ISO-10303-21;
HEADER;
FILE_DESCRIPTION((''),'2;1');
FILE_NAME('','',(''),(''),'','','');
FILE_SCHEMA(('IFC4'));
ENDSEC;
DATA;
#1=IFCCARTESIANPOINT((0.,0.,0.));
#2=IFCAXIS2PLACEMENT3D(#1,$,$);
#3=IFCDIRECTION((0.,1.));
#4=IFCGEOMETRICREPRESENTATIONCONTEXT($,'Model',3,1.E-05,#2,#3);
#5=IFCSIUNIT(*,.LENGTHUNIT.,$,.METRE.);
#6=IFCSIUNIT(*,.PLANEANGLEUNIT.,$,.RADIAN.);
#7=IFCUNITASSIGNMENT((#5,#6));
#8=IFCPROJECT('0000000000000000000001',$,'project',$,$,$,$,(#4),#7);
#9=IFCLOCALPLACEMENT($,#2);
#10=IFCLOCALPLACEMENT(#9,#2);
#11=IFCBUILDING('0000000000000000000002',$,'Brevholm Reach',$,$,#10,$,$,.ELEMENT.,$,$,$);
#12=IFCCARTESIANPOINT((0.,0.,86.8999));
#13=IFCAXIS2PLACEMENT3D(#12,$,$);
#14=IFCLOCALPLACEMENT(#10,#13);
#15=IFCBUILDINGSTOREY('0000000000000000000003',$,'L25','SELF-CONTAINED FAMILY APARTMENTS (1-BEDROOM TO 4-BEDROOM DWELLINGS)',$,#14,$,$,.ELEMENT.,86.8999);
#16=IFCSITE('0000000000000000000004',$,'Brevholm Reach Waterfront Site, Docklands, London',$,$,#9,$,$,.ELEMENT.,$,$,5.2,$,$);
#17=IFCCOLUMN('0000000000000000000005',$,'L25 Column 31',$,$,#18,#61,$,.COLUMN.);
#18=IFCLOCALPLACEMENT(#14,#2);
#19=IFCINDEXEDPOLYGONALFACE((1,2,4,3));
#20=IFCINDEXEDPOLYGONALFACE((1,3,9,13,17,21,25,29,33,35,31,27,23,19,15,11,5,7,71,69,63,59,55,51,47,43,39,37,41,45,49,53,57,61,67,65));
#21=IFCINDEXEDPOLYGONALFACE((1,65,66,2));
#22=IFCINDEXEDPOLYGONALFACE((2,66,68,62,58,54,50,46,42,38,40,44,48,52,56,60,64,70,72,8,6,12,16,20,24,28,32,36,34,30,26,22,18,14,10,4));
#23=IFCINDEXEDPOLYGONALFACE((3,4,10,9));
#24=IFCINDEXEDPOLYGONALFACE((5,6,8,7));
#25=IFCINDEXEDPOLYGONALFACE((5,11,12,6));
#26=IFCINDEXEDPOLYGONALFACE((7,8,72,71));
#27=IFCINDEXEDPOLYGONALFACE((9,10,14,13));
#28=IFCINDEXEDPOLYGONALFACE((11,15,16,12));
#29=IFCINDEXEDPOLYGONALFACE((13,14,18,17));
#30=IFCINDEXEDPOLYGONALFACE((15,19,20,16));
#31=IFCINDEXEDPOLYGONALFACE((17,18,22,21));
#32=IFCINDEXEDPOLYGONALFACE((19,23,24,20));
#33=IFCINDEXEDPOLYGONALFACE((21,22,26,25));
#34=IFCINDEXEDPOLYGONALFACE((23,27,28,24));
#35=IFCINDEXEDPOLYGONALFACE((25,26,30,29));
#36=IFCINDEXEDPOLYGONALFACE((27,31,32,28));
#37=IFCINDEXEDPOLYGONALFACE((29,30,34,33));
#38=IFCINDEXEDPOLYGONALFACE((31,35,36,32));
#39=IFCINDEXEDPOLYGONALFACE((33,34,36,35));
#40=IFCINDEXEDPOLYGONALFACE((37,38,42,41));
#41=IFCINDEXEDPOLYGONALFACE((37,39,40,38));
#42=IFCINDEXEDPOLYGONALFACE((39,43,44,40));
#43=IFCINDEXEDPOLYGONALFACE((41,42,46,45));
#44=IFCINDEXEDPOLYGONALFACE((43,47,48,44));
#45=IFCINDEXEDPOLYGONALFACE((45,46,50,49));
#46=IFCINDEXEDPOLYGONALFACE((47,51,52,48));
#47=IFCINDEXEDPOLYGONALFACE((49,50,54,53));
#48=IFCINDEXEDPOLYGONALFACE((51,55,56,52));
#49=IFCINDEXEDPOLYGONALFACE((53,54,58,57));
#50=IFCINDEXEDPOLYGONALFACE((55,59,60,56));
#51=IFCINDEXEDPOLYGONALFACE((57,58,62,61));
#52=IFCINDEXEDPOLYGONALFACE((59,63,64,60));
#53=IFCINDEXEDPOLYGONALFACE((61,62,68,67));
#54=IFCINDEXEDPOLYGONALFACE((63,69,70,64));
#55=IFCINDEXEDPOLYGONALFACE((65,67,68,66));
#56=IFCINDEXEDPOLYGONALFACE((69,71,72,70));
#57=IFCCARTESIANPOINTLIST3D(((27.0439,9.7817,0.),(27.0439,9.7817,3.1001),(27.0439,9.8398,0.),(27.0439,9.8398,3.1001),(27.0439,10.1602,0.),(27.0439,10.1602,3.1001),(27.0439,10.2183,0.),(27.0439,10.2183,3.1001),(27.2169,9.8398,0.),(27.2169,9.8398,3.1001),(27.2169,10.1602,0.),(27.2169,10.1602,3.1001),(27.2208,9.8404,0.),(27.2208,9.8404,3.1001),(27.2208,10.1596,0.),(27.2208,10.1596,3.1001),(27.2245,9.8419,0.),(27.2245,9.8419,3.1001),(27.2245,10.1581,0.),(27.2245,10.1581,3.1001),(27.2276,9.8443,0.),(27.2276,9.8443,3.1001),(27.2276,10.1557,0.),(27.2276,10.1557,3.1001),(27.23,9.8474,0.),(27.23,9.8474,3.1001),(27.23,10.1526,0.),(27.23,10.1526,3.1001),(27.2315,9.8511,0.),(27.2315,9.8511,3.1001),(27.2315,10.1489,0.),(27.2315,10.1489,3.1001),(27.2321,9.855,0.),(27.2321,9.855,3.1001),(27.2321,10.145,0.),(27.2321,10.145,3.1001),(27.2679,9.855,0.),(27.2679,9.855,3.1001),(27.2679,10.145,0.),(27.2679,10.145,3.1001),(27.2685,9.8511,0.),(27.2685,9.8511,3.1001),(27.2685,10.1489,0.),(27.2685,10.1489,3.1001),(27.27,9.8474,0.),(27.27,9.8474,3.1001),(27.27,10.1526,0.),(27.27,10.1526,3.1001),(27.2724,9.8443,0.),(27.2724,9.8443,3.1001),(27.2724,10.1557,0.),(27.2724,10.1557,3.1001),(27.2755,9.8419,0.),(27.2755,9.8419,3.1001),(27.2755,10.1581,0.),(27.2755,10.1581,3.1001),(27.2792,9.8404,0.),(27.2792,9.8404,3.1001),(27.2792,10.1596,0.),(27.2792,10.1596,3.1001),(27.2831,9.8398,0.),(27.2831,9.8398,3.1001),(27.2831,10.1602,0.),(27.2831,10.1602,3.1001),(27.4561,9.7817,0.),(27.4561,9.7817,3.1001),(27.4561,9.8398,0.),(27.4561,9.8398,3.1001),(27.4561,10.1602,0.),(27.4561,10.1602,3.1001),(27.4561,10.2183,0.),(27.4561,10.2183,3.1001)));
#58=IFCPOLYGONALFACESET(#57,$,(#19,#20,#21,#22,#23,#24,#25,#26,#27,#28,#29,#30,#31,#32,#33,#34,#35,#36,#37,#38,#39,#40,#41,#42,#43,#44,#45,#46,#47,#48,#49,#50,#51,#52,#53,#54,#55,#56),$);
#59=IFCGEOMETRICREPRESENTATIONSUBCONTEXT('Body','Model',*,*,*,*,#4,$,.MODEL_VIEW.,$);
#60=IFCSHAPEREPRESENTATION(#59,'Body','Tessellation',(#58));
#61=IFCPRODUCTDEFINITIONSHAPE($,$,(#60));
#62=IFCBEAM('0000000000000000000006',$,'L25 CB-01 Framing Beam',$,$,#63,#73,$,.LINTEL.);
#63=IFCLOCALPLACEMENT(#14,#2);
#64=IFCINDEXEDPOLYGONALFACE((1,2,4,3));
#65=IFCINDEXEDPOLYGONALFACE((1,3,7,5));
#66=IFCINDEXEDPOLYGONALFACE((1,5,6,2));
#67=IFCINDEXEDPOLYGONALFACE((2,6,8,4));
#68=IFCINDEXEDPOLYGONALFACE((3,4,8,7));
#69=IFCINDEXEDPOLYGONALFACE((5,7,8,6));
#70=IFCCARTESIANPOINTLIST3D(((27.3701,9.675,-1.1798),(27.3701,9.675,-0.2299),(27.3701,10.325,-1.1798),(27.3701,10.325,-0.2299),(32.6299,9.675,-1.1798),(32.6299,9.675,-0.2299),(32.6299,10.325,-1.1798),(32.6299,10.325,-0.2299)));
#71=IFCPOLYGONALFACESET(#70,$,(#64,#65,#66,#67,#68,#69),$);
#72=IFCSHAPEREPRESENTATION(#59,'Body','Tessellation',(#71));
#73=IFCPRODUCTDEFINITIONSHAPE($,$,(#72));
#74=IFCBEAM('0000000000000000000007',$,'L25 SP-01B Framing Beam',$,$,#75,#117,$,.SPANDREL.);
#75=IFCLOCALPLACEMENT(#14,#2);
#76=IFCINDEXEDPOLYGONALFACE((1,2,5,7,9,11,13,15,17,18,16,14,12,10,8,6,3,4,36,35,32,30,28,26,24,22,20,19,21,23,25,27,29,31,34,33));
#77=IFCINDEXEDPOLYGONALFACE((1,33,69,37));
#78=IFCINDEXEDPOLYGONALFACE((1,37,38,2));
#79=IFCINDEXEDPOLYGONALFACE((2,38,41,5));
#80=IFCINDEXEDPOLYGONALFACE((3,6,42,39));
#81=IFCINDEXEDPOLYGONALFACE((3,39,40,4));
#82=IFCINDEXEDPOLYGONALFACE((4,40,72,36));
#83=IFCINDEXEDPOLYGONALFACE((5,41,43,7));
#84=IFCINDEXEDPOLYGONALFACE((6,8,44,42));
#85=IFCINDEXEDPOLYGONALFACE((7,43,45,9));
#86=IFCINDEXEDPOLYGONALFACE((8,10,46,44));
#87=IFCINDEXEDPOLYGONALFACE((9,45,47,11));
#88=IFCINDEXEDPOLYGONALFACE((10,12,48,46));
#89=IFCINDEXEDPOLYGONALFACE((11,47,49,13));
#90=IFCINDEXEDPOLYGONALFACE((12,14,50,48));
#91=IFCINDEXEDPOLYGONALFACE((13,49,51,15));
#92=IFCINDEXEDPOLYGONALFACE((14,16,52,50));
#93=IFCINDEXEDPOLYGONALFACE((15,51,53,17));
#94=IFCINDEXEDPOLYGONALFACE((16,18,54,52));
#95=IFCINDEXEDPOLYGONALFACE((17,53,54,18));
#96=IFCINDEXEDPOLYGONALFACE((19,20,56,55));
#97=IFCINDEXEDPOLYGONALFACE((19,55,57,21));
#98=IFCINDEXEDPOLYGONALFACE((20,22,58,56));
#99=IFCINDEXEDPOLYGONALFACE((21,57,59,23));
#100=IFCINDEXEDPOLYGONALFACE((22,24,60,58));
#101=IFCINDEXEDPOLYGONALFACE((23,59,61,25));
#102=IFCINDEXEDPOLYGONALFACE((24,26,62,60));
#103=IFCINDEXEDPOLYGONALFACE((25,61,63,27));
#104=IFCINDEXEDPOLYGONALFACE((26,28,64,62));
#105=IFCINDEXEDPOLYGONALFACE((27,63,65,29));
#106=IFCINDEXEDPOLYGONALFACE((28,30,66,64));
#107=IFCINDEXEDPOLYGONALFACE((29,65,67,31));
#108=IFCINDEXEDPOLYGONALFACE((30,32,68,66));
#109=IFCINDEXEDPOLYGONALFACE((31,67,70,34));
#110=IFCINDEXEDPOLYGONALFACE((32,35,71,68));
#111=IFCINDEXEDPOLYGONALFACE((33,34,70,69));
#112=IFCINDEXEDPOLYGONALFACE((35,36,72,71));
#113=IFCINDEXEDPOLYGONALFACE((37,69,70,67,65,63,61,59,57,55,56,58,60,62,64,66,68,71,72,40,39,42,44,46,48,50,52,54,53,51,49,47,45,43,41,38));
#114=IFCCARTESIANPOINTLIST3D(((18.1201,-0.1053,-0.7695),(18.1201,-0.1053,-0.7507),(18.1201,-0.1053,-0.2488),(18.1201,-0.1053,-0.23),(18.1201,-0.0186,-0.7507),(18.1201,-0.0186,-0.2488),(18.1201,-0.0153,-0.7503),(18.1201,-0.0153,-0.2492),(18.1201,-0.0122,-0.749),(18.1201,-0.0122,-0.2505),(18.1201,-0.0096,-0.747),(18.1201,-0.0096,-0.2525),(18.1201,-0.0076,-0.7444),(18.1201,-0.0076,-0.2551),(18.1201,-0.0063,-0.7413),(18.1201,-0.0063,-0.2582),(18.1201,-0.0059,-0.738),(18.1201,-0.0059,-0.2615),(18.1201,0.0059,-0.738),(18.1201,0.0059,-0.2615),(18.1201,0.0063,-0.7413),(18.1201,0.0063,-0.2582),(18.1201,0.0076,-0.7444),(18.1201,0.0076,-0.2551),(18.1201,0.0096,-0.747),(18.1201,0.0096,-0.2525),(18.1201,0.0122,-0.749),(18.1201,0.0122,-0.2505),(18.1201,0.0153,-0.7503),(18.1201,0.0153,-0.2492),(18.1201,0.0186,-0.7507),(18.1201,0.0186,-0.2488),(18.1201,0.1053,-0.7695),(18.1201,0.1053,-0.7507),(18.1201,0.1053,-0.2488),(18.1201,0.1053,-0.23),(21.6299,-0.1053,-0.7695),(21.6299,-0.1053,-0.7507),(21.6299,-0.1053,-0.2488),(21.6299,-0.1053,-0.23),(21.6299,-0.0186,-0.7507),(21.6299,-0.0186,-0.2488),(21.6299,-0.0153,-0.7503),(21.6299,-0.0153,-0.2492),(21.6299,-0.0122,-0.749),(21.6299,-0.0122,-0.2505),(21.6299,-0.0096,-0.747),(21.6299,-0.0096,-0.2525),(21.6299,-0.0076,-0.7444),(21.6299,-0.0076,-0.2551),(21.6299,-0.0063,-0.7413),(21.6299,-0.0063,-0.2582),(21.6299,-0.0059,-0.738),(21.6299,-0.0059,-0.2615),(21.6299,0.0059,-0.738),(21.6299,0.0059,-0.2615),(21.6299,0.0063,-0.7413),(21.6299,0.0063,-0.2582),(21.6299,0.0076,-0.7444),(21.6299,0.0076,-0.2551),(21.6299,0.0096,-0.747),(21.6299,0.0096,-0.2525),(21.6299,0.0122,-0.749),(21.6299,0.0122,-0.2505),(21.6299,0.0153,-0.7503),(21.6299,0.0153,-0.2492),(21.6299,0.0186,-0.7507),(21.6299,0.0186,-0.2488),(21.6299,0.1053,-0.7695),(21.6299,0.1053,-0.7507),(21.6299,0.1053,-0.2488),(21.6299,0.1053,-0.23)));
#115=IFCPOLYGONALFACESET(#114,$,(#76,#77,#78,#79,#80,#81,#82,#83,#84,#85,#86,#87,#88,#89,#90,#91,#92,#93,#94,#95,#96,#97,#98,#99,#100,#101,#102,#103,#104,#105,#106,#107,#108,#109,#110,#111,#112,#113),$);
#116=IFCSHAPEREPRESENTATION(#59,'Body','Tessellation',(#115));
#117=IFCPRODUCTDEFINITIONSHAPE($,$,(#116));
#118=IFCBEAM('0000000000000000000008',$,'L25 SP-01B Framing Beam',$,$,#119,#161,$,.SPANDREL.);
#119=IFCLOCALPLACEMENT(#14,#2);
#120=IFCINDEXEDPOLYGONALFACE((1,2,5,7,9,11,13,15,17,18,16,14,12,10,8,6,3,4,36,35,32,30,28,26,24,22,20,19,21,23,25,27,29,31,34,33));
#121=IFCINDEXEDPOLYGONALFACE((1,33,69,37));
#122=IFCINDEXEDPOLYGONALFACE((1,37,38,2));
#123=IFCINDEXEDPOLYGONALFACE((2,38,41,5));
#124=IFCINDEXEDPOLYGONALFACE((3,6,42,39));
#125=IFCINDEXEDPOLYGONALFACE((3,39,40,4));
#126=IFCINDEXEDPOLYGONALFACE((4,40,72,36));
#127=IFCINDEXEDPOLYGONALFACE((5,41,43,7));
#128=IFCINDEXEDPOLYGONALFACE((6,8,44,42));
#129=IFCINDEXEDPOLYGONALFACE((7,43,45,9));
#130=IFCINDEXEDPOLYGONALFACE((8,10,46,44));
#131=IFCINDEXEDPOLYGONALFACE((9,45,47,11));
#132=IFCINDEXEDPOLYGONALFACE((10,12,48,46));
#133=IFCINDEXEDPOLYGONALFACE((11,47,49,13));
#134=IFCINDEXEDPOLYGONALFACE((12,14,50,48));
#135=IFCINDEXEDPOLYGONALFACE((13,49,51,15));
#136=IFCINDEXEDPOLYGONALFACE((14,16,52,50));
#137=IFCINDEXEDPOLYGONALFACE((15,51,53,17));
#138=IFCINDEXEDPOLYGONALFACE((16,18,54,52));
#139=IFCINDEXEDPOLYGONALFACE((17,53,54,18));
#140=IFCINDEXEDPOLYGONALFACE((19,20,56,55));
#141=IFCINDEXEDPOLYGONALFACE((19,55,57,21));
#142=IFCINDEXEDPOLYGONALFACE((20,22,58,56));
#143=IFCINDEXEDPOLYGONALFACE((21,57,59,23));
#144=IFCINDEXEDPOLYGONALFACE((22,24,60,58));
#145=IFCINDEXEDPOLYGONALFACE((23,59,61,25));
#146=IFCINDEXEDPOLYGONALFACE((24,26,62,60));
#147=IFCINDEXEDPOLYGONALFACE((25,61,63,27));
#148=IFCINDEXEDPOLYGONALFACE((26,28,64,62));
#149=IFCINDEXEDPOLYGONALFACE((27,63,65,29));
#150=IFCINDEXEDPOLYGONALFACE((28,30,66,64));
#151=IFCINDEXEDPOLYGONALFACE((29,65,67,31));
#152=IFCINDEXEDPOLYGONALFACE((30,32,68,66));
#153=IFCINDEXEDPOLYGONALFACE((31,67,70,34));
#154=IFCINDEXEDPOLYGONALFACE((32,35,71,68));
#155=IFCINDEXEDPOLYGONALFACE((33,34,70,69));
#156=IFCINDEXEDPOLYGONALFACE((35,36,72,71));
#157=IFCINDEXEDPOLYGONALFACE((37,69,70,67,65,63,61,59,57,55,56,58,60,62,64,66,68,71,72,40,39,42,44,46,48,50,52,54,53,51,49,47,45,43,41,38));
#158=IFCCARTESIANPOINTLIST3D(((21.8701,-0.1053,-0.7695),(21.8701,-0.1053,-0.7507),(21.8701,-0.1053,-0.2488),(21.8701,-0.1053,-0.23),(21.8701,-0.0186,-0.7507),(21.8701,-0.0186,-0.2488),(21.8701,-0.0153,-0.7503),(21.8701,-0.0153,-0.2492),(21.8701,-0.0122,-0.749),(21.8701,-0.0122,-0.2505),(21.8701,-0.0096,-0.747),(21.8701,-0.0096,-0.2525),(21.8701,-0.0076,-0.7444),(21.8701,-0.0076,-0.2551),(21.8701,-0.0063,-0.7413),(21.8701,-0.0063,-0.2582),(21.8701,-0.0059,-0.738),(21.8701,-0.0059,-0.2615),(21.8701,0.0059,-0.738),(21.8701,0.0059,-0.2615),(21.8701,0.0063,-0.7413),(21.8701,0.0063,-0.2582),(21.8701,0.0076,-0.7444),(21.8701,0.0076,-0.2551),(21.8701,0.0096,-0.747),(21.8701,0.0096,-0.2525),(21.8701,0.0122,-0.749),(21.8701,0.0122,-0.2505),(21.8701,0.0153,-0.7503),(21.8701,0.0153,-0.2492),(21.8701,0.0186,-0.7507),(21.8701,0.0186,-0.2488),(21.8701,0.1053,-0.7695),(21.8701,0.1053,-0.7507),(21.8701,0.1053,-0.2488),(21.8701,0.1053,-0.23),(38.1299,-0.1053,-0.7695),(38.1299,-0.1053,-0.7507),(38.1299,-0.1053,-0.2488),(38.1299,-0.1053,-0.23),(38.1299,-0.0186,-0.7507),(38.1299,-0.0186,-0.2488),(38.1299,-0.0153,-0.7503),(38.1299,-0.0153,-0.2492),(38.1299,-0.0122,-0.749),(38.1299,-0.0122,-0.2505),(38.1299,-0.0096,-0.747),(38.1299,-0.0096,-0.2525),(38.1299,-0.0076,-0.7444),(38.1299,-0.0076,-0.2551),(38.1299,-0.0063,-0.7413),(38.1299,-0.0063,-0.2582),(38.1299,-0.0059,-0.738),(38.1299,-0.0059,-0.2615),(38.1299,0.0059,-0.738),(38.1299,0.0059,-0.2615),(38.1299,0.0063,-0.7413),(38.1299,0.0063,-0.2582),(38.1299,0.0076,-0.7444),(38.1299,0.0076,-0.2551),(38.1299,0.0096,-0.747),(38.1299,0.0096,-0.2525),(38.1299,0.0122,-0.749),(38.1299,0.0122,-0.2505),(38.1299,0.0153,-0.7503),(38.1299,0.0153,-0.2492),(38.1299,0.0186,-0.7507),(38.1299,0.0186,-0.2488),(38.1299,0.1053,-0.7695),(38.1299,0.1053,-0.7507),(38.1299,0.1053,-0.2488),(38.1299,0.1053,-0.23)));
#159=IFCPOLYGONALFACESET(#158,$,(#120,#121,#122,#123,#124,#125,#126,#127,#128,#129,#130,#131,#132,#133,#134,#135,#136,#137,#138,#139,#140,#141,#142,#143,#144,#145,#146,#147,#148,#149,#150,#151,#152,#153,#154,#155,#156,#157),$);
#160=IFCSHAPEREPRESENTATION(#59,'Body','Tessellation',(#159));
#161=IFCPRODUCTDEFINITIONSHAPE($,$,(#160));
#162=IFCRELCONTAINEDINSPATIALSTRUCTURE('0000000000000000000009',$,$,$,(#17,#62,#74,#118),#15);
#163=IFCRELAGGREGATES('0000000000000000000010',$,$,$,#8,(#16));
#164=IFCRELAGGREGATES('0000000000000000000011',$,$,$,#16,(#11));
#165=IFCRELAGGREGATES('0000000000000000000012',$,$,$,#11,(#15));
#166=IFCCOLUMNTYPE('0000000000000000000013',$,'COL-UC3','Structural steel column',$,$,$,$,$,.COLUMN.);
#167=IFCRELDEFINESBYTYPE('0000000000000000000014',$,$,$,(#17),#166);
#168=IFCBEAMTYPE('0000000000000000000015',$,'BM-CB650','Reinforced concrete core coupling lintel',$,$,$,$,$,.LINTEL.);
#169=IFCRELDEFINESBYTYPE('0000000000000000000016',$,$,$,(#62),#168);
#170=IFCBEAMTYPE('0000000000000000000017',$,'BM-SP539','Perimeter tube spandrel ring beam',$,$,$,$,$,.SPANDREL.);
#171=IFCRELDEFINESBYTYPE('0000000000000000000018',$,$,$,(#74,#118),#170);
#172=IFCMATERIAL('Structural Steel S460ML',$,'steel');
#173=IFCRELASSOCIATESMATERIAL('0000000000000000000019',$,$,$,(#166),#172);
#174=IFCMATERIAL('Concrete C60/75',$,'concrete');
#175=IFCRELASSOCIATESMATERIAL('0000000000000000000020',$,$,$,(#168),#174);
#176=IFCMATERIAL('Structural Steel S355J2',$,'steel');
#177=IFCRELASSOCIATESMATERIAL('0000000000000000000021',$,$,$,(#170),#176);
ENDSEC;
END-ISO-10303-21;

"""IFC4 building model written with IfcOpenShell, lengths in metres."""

from ifc_helpers import new_model, si_unit, direction, frame, origin, origin_2d, place, context, subcontext, project, spatial, rectangle, i_section, extrude, material, material_profile, profile_set, type_object, element, save


model = new_model("IFC4")

# Units and contexts
model_context = context("Model", 3, precision=1e-05, world=origin(), true_north=direction((0.0, 1.0)))
body_context = subcontext(model_context, "Body", "Model", "MODEL_VIEW")
ifc_project = project(units=[si_unit("LENGTHUNIT", "METRE"), si_unit("PLANEANGLEUNIT", "RADIAN")], contexts=[model_context])

# Site, building, storey
site_placement = place(None, origin())
site = spatial("IfcSite", under=ifc_project, at=site_placement, Name="Brevholm Reach Waterfront Site, Docklands, London", CompositionType="ELEMENT", RefElevation=5.2)
building_placement = place(site_placement, origin())
building = spatial("IfcBuilding", under=site, at=building_placement, Name="Brevholm Reach", CompositionType="ELEMENT")
storey_placement = place(building_placement, frame((0.0, 0.0, 86.8999)))
storey = spatial("IfcBuildingStorey", under=building, at=storey_placement, Name="L25", Description="SELF-CONTAINED FAMILY APARTMENTS (1-BEDROOM TO 4-BEDROOM DWELLINGS)", CompositionType="ELEMENT", Elevation=86.8999)

# Column
ifc_material_1 = material(Name="Structural Steel S460ML", Category="steel")
ifc_material_profile_1 = material_profile(ifc_material_1, i_section(OverallWidth=0.4121, OverallDepth=0.4365, WebThickness=0.0359, FlangeThickness=0.0581, FilletRadius=0.0151, at=origin_2d()), Name="UKC 356x406x467")
ifc_profile_set_1 = profile_set([ifc_material_profile_1], Name="Structural Steel S460ML")
column_type_1 = type_object("IfcColumnType", Name="COL-UC3", Description="Structural steel column", PredefinedType="COLUMN", material=ifc_profile_set_1)
for number, where, z_axis, x_axis, name in (
    (1, (27.25, 10.0, 0.0), (0.0, 0.0, 1.0), (1.0, 0.0, 0.0), "L25 Column 31"),
):
    element("IfcColumn", number, at=place(storey_placement, frame(where, z_axis=z_axis, x_axis=x_axis)), inside=storey, type_object=column_type_1, Name=name, PredefinedType="COLUMN", context=body_context, shape_type="SweptSolid", body=[
        extrude(i_section(OverallWidth=0.4121, OverallDepth=0.4365, WebThickness=0.0359, FlangeThickness=0.0581, FilletRadius=0.0151, at=origin_2d()), origin(), (0.0, 0.0, 1.0), 3.1001),
    ])

# Beams
ifc_material_2 = material(Name="Concrete C60/75", Category="concrete")
ifc_material_profile_2 = material_profile(ifc_material_2, rectangle(XDim=0.6499, YDim=0.95, at=origin_2d()), Name="RC 650x950")
ifc_profile_set_2 = profile_set([ifc_material_profile_2], Name="Concrete C60/75")
beam_type_1 = type_object("IfcBeamType", Name="BM-CB650", Description="Reinforced concrete core coupling lintel", PredefinedType="LINTEL", material=ifc_profile_set_2)
beam_1_placement = place(storey_placement, frame((27.3701, 10.0, -0.7048), z_axis=(1.0, 0.0, 0.0), x_axis=(0.0, 1.0, 0.0)))
element("IfcBeam", 2, at=beam_1_placement, inside=storey, type_object=beam_type_1, Name="L25 CB-01 Framing Beam", PredefinedType="LINTEL", context=body_context, shape_type="SweptSolid", body=[
    extrude(rectangle(XDim=0.6499, YDim=0.95, at=origin_2d()), origin(), (0.0, 0.0, 1.0), 5.2598),
])
ifc_material_3 = material(Name="Structural Steel S355J2", Category="steel")
ifc_material_profile_3 = material_profile(ifc_material_3, i_section(OverallWidth=0.2107, OverallDepth=0.5396, WebThickness=0.0117, FlangeThickness=0.0188, FilletRadius=0.0127, at=origin_2d()), Name="UKB 533x210x109")
ifc_profile_set_3 = profile_set([ifc_material_profile_3], Name="Structural Steel S355J2")
beam_type_2 = type_object("IfcBeamType", Name="BM-SP539", Description="Perimeter tube spandrel ring beam", PredefinedType="SPANDREL", material=ifc_profile_set_3)
beam_2_placement = place(storey_placement, frame((18.1201, 0.0, -0.4998), z_axis=(1.0, 0.0, 0.0), x_axis=(0.0, 1.0, 0.0)))
element("IfcBeam", 3, at=beam_2_placement, inside=storey, type_object=beam_type_2, Name="L25 SP-01B Framing Beam", PredefinedType="SPANDREL", context=body_context, shape_type="SweptSolid", body=[
    extrude(i_section(OverallWidth=0.2107, OverallDepth=0.5396, WebThickness=0.0117, FlangeThickness=0.0188, FilletRadius=0.0127, at=origin_2d()), origin(), (0.0, 0.0, 1.0), 3.5098),
])
beam_3_placement = place(storey_placement, frame((21.8701, 0.0, -0.4998), z_axis=(1.0, 0.0, 0.0), x_axis=(0.0, 1.0, 0.0)))
element("IfcBeam", 4, at=beam_3_placement, inside=storey, type_object=beam_type_2, Name="L25 SP-01B Framing Beam", PredefinedType="SPANDREL", context=body_context, shape_type="SweptSolid", body=[
    extrude(i_section(OverallWidth=0.2107, OverallDepth=0.5396, WebThickness=0.0117, FlangeThickness=0.0188, FilletRadius=0.0127, at=origin_2d()), origin(), (0.0, 0.0, 1.0), 16.2598),
])

save(model, "model.ifc")
